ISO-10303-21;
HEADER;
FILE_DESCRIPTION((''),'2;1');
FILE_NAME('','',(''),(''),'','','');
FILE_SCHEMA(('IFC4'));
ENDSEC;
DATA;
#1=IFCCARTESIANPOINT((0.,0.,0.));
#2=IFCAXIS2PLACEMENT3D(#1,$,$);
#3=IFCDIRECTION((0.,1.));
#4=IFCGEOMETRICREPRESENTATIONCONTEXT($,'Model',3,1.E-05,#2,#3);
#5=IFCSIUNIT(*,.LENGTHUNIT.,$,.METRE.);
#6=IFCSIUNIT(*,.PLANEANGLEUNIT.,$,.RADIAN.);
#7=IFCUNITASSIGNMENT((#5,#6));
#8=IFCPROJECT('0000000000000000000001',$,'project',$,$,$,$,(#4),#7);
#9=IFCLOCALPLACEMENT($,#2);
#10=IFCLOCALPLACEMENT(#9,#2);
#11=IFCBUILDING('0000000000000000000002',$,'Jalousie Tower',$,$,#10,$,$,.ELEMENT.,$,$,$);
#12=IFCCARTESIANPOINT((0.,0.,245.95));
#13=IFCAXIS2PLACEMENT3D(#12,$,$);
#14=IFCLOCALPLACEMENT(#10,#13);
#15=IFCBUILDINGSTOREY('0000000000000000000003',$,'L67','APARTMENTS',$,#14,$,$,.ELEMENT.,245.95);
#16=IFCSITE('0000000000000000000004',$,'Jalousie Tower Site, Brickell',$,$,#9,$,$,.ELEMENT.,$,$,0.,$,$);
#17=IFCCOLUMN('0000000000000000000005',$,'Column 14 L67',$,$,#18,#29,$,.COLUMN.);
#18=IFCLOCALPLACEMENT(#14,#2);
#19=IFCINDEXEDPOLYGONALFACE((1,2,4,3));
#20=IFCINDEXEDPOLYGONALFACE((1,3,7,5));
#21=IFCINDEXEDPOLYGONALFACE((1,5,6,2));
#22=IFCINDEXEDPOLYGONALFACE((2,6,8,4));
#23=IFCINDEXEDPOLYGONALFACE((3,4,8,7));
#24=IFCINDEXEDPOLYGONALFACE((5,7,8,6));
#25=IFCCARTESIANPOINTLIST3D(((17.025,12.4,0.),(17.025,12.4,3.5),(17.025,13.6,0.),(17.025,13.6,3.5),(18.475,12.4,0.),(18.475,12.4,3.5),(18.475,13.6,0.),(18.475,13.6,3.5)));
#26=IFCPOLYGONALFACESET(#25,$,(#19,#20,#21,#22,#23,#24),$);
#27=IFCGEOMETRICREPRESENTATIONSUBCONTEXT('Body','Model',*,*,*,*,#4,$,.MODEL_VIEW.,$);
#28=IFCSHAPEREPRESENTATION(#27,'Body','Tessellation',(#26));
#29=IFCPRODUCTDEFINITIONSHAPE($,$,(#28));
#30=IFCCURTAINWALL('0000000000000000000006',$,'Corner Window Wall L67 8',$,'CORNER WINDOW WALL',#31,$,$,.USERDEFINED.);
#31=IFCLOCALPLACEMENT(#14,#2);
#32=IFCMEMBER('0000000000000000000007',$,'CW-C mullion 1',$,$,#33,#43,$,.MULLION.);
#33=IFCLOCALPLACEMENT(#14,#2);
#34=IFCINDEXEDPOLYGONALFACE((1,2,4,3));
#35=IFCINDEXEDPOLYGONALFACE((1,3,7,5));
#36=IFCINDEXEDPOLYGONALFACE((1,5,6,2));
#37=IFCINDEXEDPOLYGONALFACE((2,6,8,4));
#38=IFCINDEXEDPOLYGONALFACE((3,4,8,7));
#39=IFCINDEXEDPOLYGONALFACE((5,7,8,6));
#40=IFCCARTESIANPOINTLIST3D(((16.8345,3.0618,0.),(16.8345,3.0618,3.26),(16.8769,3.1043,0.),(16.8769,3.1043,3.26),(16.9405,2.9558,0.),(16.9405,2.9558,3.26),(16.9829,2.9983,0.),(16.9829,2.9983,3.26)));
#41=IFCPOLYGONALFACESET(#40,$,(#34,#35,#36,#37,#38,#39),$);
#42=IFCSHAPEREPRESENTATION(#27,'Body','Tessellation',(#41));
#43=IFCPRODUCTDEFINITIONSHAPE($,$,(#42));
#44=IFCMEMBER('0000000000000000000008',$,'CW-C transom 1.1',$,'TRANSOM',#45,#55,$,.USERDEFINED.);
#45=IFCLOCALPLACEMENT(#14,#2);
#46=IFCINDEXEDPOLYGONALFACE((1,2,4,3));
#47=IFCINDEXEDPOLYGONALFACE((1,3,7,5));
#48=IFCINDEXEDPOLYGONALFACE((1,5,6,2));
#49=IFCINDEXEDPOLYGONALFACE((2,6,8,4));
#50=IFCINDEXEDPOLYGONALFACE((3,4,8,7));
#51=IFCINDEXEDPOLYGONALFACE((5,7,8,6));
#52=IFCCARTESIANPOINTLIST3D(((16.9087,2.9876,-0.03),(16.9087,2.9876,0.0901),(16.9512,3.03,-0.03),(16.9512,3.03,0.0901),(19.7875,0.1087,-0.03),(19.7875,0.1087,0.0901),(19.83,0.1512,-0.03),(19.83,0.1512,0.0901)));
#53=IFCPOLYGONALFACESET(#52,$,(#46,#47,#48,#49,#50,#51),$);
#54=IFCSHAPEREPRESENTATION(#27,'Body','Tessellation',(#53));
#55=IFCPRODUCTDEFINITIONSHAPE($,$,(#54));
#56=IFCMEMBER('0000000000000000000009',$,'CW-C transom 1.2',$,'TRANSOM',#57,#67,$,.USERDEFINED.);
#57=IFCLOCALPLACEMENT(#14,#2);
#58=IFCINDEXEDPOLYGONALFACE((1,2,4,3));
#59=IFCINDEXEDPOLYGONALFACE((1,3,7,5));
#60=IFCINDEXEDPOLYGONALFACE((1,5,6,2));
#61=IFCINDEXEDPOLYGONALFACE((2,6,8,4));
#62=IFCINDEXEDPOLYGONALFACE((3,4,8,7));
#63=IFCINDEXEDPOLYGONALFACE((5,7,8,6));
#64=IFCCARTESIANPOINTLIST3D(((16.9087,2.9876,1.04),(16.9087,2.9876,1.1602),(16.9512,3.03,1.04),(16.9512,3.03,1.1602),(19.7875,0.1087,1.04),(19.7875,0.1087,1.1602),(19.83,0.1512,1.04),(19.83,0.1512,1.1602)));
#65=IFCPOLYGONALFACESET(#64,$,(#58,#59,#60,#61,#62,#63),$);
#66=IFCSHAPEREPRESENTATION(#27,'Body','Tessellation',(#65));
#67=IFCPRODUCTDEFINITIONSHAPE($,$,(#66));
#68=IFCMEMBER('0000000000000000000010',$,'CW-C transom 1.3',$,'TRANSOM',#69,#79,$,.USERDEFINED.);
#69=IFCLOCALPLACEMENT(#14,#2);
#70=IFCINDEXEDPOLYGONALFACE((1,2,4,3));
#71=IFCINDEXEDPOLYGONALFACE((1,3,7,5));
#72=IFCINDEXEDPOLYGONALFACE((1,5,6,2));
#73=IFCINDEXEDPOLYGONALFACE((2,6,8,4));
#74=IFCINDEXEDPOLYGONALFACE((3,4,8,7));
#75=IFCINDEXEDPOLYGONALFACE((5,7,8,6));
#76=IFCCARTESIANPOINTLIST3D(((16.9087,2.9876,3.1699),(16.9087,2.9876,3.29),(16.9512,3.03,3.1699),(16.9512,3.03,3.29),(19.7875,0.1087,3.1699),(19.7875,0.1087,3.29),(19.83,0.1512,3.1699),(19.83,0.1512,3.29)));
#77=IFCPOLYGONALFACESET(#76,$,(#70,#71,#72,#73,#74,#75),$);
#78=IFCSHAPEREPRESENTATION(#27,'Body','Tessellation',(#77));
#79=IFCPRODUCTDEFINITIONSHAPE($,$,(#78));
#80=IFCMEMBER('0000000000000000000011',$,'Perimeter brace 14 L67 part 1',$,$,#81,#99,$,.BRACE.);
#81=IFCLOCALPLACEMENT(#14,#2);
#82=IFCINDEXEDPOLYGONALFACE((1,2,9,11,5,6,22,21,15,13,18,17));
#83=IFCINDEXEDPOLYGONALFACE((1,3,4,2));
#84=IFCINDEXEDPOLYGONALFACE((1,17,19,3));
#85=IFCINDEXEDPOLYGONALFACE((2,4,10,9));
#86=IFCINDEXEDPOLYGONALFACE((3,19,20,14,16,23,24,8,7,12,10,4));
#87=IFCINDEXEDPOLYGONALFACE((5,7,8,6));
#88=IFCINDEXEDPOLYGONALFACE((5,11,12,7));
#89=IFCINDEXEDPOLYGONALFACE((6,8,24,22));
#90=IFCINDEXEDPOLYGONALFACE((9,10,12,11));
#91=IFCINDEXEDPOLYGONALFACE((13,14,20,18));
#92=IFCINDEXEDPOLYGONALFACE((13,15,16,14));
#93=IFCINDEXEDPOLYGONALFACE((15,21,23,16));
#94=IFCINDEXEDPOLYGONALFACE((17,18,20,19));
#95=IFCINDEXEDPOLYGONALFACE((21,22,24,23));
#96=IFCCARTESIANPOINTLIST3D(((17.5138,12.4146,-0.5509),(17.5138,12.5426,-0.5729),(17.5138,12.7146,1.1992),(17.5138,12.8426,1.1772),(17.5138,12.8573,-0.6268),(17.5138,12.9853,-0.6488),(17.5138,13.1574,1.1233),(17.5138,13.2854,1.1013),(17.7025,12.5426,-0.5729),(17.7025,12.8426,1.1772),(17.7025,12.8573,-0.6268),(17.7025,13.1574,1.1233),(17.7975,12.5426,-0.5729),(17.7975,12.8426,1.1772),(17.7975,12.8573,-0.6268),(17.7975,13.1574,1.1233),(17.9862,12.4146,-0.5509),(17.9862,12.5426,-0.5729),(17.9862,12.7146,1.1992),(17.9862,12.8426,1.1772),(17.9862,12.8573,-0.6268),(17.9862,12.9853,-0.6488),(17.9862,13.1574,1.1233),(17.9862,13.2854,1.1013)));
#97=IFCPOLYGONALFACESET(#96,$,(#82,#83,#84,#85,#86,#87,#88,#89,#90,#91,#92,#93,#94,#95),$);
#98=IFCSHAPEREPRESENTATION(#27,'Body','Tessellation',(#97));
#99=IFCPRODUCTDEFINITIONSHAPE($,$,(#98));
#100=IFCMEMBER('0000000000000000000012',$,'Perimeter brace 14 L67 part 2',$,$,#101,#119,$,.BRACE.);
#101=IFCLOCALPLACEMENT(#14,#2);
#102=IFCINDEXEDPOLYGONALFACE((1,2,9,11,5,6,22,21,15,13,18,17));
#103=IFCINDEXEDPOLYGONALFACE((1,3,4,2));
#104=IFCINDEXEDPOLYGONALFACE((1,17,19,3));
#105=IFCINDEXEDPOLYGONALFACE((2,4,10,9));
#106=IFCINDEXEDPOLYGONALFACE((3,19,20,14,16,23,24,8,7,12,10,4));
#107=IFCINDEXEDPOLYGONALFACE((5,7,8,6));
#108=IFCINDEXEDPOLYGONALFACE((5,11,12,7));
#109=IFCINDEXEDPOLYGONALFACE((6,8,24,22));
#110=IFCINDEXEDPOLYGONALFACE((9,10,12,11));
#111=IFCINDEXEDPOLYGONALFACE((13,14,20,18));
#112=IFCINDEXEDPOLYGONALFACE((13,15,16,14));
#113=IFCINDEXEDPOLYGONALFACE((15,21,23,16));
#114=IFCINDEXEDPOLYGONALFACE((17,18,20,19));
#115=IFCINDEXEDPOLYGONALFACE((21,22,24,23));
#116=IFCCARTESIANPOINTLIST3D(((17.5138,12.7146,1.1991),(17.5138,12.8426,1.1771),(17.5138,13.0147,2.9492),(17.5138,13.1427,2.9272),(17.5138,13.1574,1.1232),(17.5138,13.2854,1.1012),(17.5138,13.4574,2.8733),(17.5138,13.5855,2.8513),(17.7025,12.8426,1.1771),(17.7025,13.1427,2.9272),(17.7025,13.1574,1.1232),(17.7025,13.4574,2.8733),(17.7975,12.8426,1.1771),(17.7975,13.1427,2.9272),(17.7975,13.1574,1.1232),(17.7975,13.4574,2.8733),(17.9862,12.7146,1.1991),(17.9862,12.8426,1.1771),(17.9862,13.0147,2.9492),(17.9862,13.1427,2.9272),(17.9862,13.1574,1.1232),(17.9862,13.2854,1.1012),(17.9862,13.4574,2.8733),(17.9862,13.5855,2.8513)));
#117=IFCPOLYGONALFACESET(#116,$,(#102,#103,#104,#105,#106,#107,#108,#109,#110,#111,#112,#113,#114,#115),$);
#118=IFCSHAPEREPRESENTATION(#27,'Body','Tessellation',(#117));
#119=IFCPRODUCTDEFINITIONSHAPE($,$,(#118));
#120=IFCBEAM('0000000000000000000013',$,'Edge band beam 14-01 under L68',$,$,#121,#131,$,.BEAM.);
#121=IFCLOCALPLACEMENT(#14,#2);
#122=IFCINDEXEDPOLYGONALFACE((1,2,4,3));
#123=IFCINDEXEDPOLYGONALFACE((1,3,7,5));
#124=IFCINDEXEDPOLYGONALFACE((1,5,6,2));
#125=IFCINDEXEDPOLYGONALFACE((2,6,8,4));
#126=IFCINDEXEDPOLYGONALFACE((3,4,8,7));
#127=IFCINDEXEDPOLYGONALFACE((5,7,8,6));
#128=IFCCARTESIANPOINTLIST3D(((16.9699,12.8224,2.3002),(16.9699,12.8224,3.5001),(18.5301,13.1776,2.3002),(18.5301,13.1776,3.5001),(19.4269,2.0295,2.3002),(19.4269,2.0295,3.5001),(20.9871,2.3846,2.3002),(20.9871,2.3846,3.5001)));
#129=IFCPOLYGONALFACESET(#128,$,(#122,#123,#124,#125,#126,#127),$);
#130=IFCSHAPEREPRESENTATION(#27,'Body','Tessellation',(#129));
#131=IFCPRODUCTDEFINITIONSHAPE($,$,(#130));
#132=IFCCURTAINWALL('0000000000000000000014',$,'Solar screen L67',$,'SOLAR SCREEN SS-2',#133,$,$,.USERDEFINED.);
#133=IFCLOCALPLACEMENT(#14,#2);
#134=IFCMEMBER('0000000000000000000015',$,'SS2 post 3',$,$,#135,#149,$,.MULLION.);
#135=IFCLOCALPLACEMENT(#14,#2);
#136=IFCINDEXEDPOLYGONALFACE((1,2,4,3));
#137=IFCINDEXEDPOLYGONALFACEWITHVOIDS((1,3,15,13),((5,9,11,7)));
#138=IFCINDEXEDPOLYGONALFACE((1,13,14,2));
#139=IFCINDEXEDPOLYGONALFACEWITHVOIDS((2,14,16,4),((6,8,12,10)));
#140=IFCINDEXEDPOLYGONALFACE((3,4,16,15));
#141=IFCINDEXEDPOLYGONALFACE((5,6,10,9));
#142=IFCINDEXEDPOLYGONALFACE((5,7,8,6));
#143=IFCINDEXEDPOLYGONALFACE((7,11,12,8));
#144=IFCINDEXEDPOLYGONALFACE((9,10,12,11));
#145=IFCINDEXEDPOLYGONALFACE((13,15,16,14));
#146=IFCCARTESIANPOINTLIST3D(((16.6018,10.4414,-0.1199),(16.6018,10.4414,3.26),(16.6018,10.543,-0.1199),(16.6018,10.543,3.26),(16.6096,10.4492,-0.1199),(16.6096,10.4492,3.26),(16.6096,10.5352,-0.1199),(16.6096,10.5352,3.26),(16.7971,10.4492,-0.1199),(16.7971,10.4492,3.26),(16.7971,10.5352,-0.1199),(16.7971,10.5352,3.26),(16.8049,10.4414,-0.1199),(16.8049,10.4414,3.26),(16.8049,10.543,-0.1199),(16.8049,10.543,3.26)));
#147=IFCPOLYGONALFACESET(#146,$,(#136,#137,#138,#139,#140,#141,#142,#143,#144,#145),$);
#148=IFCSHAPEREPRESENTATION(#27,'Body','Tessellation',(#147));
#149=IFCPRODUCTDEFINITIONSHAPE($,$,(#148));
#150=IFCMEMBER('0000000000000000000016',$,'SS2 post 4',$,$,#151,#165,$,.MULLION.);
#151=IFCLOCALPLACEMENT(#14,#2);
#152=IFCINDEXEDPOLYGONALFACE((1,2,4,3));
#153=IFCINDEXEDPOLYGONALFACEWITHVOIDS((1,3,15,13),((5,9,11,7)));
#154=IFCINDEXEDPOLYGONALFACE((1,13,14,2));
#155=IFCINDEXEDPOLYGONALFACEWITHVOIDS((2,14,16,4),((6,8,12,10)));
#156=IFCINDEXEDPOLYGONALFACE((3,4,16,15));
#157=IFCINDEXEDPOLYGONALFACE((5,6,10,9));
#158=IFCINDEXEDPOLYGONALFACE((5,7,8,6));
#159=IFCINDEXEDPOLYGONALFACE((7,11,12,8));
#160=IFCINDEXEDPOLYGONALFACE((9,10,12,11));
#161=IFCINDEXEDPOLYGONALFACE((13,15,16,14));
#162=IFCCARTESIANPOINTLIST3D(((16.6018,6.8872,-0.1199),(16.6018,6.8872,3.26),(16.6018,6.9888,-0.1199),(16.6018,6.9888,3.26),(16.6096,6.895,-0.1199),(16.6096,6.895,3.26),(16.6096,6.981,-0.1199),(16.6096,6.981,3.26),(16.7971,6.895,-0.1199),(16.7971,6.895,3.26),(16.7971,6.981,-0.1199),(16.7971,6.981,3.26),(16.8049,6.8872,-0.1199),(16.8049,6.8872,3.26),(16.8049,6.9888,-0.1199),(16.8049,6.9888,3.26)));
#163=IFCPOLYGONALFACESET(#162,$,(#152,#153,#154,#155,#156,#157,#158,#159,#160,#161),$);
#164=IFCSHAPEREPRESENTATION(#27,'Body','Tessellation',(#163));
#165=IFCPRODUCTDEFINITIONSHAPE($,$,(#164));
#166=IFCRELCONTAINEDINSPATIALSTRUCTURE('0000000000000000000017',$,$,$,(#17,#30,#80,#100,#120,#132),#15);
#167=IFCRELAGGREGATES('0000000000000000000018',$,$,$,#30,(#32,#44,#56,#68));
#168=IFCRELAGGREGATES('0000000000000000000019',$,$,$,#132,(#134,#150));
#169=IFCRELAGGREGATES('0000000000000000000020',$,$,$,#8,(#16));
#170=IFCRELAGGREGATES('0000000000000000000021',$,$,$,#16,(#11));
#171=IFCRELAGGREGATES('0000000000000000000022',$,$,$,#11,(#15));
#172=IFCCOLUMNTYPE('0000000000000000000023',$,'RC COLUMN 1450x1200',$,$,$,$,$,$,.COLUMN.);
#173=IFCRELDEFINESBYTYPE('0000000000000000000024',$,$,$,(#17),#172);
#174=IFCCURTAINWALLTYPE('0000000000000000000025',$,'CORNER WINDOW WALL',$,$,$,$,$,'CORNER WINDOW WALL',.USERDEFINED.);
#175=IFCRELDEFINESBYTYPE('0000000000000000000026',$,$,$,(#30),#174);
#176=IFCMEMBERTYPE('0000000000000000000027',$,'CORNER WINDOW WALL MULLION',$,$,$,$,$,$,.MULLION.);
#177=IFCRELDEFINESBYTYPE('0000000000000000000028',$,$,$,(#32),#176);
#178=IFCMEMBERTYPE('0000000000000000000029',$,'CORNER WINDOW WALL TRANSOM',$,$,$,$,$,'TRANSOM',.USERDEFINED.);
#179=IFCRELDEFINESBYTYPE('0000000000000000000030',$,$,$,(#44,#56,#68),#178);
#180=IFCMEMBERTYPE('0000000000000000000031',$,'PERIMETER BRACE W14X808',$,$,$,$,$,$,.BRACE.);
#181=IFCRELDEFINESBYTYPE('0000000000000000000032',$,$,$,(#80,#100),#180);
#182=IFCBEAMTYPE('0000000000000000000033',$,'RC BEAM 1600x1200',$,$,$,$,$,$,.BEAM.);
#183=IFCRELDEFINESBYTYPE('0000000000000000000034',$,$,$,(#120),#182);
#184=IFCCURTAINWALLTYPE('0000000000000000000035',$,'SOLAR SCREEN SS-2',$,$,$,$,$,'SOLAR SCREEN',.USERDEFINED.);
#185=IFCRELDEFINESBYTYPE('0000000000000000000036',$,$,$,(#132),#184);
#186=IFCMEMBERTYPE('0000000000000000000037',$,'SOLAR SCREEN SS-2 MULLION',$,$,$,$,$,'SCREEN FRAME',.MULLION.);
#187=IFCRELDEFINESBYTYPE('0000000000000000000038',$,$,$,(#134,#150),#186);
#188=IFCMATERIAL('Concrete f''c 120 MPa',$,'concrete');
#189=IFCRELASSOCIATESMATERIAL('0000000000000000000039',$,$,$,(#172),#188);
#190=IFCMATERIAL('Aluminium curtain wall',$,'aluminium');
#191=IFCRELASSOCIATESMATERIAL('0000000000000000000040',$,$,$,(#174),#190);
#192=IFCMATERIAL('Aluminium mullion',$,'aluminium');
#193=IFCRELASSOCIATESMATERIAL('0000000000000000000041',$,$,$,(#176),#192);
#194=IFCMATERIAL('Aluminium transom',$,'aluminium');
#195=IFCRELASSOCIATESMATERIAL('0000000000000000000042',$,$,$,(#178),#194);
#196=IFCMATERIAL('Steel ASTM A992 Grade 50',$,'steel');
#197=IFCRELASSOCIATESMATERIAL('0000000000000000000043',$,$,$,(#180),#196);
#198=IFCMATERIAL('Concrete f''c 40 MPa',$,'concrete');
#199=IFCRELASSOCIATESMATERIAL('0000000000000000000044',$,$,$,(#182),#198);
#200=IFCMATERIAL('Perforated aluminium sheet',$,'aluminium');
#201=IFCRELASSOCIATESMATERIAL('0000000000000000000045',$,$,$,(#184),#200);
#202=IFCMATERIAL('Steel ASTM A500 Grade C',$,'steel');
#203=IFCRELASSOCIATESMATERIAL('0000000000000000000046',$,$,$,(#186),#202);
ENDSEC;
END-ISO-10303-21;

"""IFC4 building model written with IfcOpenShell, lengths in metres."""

from ifc_helpers import new_model, si_unit, direction, frame, origin, origin_2d, place, context, subcontext, project, spatial, rectangle, hollow_rectangle, i_section, extrude, material, material_profile, profile_set, type_object, element, aggregate, save


model = new_model("IFC4")

# Units and contexts
model_context = context("Model", 3, precision=1e-05, world=origin(), true_north=direction((0.0, 1.0)))
body_context = subcontext(model_context, "Body", "Model", "MODEL_VIEW")
ifc_project = project(units=[si_unit("LENGTHUNIT", "METRE"), si_unit("PLANEANGLEUNIT", "RADIAN")], contexts=[model_context])

# Site, building, storey
site_placement = place(None, origin())
site = spatial("IfcSite", under=ifc_project, at=site_placement, Name="Jalousie Tower Site, Brickell", CompositionType="ELEMENT", RefElevation=0.0)
building_placement = place(site_placement, origin())
building = spatial("IfcBuilding", under=site, at=building_placement, Name="Jalousie Tower", CompositionType="ELEMENT")
storey_placement = place(building_placement, frame((0.0, 0.0, 245.95)))
storey = spatial("IfcBuildingStorey", under=building, at=storey_placement, Name="L67", Description="APARTMENTS", CompositionType="ELEMENT", Elevation=245.95)

# Column
ifc_material_1 = material(Name="Concrete f'c 120 MPa", Category="concrete")
ifc_material_profile_1 = material_profile(ifc_material_1, rectangle(XDim=1.45, YDim=1.2, at=origin_2d()), Name="RC 1450x1200")
ifc_profile_set_1 = profile_set([ifc_material_profile_1], Name="Concrete f'c 120 MPa")
column_type = type_object("IfcColumnType", Name="RC COLUMN 1450x1200", PredefinedType="COLUMN", material=ifc_profile_set_1)
column_placement = place(storey_placement, frame((17.75, 13.0, 0.0), z_axis=(0.0, 0.0, 1.0), x_axis=(1.0, 0.0, 0.0)))
element("IfcColumn", 1, at=column_placement, inside=storey, type_object=column_type, Name="Column 14 L67", PredefinedType="COLUMN", context=body_context, shape_type="SweptSolid", body=[
    extrude(rectangle(XDim=1.45, YDim=1.2, at=origin_2d()), origin(), (0.0, 0.0, 1.0), 3.5),
])

# Curtain wall, members
ifc_material_2 = material(Name="Aluminium curtain wall", Category="aluminium")
curtain_wall_type_1 = type_object("IfcCurtainWallType", Name="CORNER WINDOW WALL", ElementType="CORNER WINDOW WALL", PredefinedType="USERDEFINED", material=ifc_material_2)
curtain_wall_1_placement = place(storey_placement, origin())
curtain_wall_1 = element("IfcCurtainWall", 2, at=curtain_wall_1_placement, inside=storey, type_object=curtain_wall_type_1, Name="Corner Window Wall L67 8", ObjectType="CORNER WINDOW WALL", PredefinedType="USERDEFINED")
ifc_material_3 = material(Name="Aluminium mullion", Category="aluminium")
ifc_material_profile_2 = material_profile(ifc_material_3, rectangle(XDim=0.0601, YDim=0.1499, at=origin_2d()), Name="MULLION 60x150")
ifc_profile_set_2 = profile_set([ifc_material_profile_2], Name="Aluminium mullion")
member_type_1 = type_object("IfcMemberType", Name="CORNER WINDOW WALL MULLION", PredefinedType="MULLION", material=ifc_profile_set_2)
member_1_placement = place(storey_placement, frame((16.9087, 3.03, 0.0), z_axis=(0.0, 0.0, 1.0), x_axis=(0.707107, 0.707107, 0.0)))
member_1 = element("IfcMember", 3, at=member_1_placement, type_object=member_type_1, Name="CW-C mullion 1", PredefinedType="MULLION", context=body_context, shape_type="SweptSolid", body=[
    extrude(rectangle(XDim=0.0601, YDim=0.1499, at=origin_2d()), origin(), (0.0, 0.0, 1.0), 3.26),
])
ifc_material_4 = material(Name="Aluminium transom", Category="aluminium")
ifc_material_profile_3 = material_profile(ifc_material_4, rectangle(XDim=0.0601, YDim=0.1201, at=origin_2d()), Name="TRANSOM 60x120")
ifc_profile_set_3 = profile_set([ifc_material_profile_3], Name="Aluminium transom")
member_type_2 = type_object("IfcMemberType", Name="CORNER WINDOW WALL TRANSOM", ElementType="TRANSOM", PredefinedType="USERDEFINED", material=ifc_profile_set_3)
member_2_placement = place(storey_placement, frame((16.9299, 3.0088, 0.03), z_axis=(0.707107, -0.707107, 0.0), x_axis=(0.707107, 0.707107, 0.0)))
member_2 = element("IfcMember", 4, at=member_2_placement, type_object=member_type_2, Name="CW-C transom 1.1", ObjectType="TRANSOM", PredefinedType="USERDEFINED", context=body_context, shape_type="SweptSolid", body=[
    extrude(rectangle(XDim=0.0601, YDim=0.1201, at=origin_2d()), origin(), (0.0, 0.0, 1.0), 4.0713),
])
member_3_placement = place(storey_placement, frame((16.9299, 3.0088, 1.1001), z_axis=(0.707107, -0.707107, 0.0), x_axis=(0.707107, 0.707107, 0.0)))
member_3 = element("IfcMember", 5, at=member_3_placement, type_object=member_type_2, Name="CW-C transom 1.2", ObjectType="TRANSOM", PredefinedType="USERDEFINED", context=body_context, shape_type="SweptSolid", body=[
    extrude(rectangle(XDim=0.0601, YDim=0.1201, at=origin_2d()), origin(), (0.0, 0.0, 1.0), 4.0713),
])
member_4_placement = place(storey_placement, frame((16.9299, 3.0088, 3.23), z_axis=(0.707107, -0.707107, 0.0), x_axis=(0.707107, 0.707107, 0.0)))
member_4 = element("IfcMember", 6, at=member_4_placement, type_object=member_type_2, Name="CW-C transom 1.3", ObjectType="TRANSOM", PredefinedType="USERDEFINED", context=body_context, shape_type="SweptSolid", body=[
    extrude(rectangle(XDim=0.0601, YDim=0.1201, at=origin_2d()), origin(), (0.0, 0.0, 1.0), 4.0713),
])
aggregate(curtain_wall_1, [member_1, member_2, member_3, member_4])

# Members
ifc_material_5 = material(Name="Steel ASTM A992 Grade 50", Category="steel")
ifc_material_profile_4 = material_profile(ifc_material_5, i_section(OverallWidth=0.4724, OverallDepth=0.5791, WebThickness=0.095, FlangeThickness=0.1299, at=origin_2d()), Name="W14X808")
ifc_profile_set_4 = profile_set([ifc_material_profile_4], Name="Steel ASTM A992 Grade 50")
member_type_3 = type_object("IfcMemberType", Name="PERIMETER BRACE W14X808", PredefinedType="BRACE", material=ifc_profile_set_4)
for number, where, z_axis, x_axis, name in (
    (7, (17.75, 12.7, -0.5999), (0.0, 0.168991, 0.985618), (-1.0, 0.0, 0.0), "Perimeter brace 14 L67 part 1"),
    (8, (17.75, 13.0, 1.1501), (0.0, 0.168991, 0.985618), (-1.0, 0.0, 0.0), "Perimeter brace 14 L67 part 2"),
):
    element("IfcMember", number, at=place(storey_placement, frame(where, z_axis=z_axis, x_axis=x_axis)), inside=storey, type_object=member_type_3, Name=name, PredefinedType="BRACE", context=body_context, shape_type="SweptSolid", body=[
        extrude(i_section(OverallWidth=0.4724, OverallDepth=0.5791, WebThickness=0.095, FlangeThickness=0.1299, at=origin_2d()), origin(), (0.0, 0.0, 1.0), 1.7756),
    ])

# Beam
ifc_material_6 = material(Name="Concrete f'c 40 MPa", Category="concrete")
ifc_material_profile_5 = material_profile(ifc_material_6, rectangle(XDim=1.6001, YDim=1.2, at=origin_2d()), Name="RC 1600x1200")
ifc_profile_set_5 = profile_set([ifc_material_profile_5], Name="Concrete f'c 40 MPa")
beam_type = type_object("IfcBeamType", Name="RC BEAM 1600x1200", PredefinedType="BEAM", material=ifc_profile_set_5)
beam_placement = place(storey_placement, frame((17.75, 13.0, 2.9001), z_axis=(0.221972, -0.975053, 0.0), x_axis=(0.975053, 0.221972, 0.0)))
element("IfcBeam", 9, at=beam_placement, inside=storey, type_object=beam_type, Name="Edge band beam 14-01 under L68", PredefinedType="BEAM", context=body_context, shape_type="SweptSolid", body=[
    extrude(rectangle(XDim=1.6001, YDim=1.2, at=origin_2d()), origin(), (0.0, 0.0, 1.0), 11.0691),
])

# Curtain wall, members
ifc_material_7 = material(Name="Perforated aluminium sheet", Category="aluminium")
curtain_wall_type_2 = type_object("IfcCurtainWallType", Name="SOLAR SCREEN SS-2", ElementType="SOLAR SCREEN", PredefinedType="USERDEFINED", material=ifc_material_7)
curtain_wall_2_placement = place(storey_placement, origin())
curtain_wall_2 = element("IfcCurtainWall", 10, at=curtain_wall_2_placement, inside=storey, type_object=curtain_wall_type_2, Name="Solar screen L67", ObjectType="SOLAR SCREEN SS-2", PredefinedType="USERDEFINED")
ifc_material_8 = material(Name="Steel ASTM A500 Grade C", Category="steel")
ifc_material_profile_6 = material_profile(ifc_material_8, hollow_rectangle(XDim=0.1016, YDim=0.2031, WallThickness=0.0078, at=origin_2d()), Name="HSS8X4X5/16")
ifc_profile_set_6 = profile_set([ifc_material_profile_6], Name="Steel ASTM A500 Grade C")
member_type_4 = type_object("IfcMemberType", Name="SOLAR SCREEN SS-2 MULLION", ElementType="SCREEN FRAME", PredefinedType="MULLION", material=ifc_profile_set_6)
member_5_placement = place(storey_placement, frame((16.7034, 10.4922, -0.1199), z_axis=(0.0, 0.0, 1.0), x_axis=(0.0, -1.0, 0.0)))
member_5 = element("IfcMember", 11, at=member_5_placement, type_object=member_type_4, Name="SS2 post 3", PredefinedType="MULLION", context=body_context, shape_type="SweptSolid", body=[
    extrude(hollow_rectangle(XDim=0.1016, YDim=0.2031, WallThickness=0.0078, at=origin_2d()), origin(), (0.0, 0.0, 1.0), 3.3799),
])
member_6_placement = place(storey_placement, frame((16.7034, 6.938, -0.1199), z_axis=(0.0, 0.0, 1.0), x_axis=(0.0, -1.0, 0.0)))
member_6 = element("IfcMember", 12, at=member_6_placement, type_object=member_type_4, Name="SS2 post 4", PredefinedType="MULLION", context=body_context, shape_type="SweptSolid", body=[
    extrude(hollow_rectangle(XDim=0.1016, YDim=0.2031, WallThickness=0.0078, at=origin_2d()), origin(), (0.0, 0.0, 1.0), 3.3799),
])

aggregate(curtain_wall_2, [member_5, member_6])

save(model, "model.ifc")
